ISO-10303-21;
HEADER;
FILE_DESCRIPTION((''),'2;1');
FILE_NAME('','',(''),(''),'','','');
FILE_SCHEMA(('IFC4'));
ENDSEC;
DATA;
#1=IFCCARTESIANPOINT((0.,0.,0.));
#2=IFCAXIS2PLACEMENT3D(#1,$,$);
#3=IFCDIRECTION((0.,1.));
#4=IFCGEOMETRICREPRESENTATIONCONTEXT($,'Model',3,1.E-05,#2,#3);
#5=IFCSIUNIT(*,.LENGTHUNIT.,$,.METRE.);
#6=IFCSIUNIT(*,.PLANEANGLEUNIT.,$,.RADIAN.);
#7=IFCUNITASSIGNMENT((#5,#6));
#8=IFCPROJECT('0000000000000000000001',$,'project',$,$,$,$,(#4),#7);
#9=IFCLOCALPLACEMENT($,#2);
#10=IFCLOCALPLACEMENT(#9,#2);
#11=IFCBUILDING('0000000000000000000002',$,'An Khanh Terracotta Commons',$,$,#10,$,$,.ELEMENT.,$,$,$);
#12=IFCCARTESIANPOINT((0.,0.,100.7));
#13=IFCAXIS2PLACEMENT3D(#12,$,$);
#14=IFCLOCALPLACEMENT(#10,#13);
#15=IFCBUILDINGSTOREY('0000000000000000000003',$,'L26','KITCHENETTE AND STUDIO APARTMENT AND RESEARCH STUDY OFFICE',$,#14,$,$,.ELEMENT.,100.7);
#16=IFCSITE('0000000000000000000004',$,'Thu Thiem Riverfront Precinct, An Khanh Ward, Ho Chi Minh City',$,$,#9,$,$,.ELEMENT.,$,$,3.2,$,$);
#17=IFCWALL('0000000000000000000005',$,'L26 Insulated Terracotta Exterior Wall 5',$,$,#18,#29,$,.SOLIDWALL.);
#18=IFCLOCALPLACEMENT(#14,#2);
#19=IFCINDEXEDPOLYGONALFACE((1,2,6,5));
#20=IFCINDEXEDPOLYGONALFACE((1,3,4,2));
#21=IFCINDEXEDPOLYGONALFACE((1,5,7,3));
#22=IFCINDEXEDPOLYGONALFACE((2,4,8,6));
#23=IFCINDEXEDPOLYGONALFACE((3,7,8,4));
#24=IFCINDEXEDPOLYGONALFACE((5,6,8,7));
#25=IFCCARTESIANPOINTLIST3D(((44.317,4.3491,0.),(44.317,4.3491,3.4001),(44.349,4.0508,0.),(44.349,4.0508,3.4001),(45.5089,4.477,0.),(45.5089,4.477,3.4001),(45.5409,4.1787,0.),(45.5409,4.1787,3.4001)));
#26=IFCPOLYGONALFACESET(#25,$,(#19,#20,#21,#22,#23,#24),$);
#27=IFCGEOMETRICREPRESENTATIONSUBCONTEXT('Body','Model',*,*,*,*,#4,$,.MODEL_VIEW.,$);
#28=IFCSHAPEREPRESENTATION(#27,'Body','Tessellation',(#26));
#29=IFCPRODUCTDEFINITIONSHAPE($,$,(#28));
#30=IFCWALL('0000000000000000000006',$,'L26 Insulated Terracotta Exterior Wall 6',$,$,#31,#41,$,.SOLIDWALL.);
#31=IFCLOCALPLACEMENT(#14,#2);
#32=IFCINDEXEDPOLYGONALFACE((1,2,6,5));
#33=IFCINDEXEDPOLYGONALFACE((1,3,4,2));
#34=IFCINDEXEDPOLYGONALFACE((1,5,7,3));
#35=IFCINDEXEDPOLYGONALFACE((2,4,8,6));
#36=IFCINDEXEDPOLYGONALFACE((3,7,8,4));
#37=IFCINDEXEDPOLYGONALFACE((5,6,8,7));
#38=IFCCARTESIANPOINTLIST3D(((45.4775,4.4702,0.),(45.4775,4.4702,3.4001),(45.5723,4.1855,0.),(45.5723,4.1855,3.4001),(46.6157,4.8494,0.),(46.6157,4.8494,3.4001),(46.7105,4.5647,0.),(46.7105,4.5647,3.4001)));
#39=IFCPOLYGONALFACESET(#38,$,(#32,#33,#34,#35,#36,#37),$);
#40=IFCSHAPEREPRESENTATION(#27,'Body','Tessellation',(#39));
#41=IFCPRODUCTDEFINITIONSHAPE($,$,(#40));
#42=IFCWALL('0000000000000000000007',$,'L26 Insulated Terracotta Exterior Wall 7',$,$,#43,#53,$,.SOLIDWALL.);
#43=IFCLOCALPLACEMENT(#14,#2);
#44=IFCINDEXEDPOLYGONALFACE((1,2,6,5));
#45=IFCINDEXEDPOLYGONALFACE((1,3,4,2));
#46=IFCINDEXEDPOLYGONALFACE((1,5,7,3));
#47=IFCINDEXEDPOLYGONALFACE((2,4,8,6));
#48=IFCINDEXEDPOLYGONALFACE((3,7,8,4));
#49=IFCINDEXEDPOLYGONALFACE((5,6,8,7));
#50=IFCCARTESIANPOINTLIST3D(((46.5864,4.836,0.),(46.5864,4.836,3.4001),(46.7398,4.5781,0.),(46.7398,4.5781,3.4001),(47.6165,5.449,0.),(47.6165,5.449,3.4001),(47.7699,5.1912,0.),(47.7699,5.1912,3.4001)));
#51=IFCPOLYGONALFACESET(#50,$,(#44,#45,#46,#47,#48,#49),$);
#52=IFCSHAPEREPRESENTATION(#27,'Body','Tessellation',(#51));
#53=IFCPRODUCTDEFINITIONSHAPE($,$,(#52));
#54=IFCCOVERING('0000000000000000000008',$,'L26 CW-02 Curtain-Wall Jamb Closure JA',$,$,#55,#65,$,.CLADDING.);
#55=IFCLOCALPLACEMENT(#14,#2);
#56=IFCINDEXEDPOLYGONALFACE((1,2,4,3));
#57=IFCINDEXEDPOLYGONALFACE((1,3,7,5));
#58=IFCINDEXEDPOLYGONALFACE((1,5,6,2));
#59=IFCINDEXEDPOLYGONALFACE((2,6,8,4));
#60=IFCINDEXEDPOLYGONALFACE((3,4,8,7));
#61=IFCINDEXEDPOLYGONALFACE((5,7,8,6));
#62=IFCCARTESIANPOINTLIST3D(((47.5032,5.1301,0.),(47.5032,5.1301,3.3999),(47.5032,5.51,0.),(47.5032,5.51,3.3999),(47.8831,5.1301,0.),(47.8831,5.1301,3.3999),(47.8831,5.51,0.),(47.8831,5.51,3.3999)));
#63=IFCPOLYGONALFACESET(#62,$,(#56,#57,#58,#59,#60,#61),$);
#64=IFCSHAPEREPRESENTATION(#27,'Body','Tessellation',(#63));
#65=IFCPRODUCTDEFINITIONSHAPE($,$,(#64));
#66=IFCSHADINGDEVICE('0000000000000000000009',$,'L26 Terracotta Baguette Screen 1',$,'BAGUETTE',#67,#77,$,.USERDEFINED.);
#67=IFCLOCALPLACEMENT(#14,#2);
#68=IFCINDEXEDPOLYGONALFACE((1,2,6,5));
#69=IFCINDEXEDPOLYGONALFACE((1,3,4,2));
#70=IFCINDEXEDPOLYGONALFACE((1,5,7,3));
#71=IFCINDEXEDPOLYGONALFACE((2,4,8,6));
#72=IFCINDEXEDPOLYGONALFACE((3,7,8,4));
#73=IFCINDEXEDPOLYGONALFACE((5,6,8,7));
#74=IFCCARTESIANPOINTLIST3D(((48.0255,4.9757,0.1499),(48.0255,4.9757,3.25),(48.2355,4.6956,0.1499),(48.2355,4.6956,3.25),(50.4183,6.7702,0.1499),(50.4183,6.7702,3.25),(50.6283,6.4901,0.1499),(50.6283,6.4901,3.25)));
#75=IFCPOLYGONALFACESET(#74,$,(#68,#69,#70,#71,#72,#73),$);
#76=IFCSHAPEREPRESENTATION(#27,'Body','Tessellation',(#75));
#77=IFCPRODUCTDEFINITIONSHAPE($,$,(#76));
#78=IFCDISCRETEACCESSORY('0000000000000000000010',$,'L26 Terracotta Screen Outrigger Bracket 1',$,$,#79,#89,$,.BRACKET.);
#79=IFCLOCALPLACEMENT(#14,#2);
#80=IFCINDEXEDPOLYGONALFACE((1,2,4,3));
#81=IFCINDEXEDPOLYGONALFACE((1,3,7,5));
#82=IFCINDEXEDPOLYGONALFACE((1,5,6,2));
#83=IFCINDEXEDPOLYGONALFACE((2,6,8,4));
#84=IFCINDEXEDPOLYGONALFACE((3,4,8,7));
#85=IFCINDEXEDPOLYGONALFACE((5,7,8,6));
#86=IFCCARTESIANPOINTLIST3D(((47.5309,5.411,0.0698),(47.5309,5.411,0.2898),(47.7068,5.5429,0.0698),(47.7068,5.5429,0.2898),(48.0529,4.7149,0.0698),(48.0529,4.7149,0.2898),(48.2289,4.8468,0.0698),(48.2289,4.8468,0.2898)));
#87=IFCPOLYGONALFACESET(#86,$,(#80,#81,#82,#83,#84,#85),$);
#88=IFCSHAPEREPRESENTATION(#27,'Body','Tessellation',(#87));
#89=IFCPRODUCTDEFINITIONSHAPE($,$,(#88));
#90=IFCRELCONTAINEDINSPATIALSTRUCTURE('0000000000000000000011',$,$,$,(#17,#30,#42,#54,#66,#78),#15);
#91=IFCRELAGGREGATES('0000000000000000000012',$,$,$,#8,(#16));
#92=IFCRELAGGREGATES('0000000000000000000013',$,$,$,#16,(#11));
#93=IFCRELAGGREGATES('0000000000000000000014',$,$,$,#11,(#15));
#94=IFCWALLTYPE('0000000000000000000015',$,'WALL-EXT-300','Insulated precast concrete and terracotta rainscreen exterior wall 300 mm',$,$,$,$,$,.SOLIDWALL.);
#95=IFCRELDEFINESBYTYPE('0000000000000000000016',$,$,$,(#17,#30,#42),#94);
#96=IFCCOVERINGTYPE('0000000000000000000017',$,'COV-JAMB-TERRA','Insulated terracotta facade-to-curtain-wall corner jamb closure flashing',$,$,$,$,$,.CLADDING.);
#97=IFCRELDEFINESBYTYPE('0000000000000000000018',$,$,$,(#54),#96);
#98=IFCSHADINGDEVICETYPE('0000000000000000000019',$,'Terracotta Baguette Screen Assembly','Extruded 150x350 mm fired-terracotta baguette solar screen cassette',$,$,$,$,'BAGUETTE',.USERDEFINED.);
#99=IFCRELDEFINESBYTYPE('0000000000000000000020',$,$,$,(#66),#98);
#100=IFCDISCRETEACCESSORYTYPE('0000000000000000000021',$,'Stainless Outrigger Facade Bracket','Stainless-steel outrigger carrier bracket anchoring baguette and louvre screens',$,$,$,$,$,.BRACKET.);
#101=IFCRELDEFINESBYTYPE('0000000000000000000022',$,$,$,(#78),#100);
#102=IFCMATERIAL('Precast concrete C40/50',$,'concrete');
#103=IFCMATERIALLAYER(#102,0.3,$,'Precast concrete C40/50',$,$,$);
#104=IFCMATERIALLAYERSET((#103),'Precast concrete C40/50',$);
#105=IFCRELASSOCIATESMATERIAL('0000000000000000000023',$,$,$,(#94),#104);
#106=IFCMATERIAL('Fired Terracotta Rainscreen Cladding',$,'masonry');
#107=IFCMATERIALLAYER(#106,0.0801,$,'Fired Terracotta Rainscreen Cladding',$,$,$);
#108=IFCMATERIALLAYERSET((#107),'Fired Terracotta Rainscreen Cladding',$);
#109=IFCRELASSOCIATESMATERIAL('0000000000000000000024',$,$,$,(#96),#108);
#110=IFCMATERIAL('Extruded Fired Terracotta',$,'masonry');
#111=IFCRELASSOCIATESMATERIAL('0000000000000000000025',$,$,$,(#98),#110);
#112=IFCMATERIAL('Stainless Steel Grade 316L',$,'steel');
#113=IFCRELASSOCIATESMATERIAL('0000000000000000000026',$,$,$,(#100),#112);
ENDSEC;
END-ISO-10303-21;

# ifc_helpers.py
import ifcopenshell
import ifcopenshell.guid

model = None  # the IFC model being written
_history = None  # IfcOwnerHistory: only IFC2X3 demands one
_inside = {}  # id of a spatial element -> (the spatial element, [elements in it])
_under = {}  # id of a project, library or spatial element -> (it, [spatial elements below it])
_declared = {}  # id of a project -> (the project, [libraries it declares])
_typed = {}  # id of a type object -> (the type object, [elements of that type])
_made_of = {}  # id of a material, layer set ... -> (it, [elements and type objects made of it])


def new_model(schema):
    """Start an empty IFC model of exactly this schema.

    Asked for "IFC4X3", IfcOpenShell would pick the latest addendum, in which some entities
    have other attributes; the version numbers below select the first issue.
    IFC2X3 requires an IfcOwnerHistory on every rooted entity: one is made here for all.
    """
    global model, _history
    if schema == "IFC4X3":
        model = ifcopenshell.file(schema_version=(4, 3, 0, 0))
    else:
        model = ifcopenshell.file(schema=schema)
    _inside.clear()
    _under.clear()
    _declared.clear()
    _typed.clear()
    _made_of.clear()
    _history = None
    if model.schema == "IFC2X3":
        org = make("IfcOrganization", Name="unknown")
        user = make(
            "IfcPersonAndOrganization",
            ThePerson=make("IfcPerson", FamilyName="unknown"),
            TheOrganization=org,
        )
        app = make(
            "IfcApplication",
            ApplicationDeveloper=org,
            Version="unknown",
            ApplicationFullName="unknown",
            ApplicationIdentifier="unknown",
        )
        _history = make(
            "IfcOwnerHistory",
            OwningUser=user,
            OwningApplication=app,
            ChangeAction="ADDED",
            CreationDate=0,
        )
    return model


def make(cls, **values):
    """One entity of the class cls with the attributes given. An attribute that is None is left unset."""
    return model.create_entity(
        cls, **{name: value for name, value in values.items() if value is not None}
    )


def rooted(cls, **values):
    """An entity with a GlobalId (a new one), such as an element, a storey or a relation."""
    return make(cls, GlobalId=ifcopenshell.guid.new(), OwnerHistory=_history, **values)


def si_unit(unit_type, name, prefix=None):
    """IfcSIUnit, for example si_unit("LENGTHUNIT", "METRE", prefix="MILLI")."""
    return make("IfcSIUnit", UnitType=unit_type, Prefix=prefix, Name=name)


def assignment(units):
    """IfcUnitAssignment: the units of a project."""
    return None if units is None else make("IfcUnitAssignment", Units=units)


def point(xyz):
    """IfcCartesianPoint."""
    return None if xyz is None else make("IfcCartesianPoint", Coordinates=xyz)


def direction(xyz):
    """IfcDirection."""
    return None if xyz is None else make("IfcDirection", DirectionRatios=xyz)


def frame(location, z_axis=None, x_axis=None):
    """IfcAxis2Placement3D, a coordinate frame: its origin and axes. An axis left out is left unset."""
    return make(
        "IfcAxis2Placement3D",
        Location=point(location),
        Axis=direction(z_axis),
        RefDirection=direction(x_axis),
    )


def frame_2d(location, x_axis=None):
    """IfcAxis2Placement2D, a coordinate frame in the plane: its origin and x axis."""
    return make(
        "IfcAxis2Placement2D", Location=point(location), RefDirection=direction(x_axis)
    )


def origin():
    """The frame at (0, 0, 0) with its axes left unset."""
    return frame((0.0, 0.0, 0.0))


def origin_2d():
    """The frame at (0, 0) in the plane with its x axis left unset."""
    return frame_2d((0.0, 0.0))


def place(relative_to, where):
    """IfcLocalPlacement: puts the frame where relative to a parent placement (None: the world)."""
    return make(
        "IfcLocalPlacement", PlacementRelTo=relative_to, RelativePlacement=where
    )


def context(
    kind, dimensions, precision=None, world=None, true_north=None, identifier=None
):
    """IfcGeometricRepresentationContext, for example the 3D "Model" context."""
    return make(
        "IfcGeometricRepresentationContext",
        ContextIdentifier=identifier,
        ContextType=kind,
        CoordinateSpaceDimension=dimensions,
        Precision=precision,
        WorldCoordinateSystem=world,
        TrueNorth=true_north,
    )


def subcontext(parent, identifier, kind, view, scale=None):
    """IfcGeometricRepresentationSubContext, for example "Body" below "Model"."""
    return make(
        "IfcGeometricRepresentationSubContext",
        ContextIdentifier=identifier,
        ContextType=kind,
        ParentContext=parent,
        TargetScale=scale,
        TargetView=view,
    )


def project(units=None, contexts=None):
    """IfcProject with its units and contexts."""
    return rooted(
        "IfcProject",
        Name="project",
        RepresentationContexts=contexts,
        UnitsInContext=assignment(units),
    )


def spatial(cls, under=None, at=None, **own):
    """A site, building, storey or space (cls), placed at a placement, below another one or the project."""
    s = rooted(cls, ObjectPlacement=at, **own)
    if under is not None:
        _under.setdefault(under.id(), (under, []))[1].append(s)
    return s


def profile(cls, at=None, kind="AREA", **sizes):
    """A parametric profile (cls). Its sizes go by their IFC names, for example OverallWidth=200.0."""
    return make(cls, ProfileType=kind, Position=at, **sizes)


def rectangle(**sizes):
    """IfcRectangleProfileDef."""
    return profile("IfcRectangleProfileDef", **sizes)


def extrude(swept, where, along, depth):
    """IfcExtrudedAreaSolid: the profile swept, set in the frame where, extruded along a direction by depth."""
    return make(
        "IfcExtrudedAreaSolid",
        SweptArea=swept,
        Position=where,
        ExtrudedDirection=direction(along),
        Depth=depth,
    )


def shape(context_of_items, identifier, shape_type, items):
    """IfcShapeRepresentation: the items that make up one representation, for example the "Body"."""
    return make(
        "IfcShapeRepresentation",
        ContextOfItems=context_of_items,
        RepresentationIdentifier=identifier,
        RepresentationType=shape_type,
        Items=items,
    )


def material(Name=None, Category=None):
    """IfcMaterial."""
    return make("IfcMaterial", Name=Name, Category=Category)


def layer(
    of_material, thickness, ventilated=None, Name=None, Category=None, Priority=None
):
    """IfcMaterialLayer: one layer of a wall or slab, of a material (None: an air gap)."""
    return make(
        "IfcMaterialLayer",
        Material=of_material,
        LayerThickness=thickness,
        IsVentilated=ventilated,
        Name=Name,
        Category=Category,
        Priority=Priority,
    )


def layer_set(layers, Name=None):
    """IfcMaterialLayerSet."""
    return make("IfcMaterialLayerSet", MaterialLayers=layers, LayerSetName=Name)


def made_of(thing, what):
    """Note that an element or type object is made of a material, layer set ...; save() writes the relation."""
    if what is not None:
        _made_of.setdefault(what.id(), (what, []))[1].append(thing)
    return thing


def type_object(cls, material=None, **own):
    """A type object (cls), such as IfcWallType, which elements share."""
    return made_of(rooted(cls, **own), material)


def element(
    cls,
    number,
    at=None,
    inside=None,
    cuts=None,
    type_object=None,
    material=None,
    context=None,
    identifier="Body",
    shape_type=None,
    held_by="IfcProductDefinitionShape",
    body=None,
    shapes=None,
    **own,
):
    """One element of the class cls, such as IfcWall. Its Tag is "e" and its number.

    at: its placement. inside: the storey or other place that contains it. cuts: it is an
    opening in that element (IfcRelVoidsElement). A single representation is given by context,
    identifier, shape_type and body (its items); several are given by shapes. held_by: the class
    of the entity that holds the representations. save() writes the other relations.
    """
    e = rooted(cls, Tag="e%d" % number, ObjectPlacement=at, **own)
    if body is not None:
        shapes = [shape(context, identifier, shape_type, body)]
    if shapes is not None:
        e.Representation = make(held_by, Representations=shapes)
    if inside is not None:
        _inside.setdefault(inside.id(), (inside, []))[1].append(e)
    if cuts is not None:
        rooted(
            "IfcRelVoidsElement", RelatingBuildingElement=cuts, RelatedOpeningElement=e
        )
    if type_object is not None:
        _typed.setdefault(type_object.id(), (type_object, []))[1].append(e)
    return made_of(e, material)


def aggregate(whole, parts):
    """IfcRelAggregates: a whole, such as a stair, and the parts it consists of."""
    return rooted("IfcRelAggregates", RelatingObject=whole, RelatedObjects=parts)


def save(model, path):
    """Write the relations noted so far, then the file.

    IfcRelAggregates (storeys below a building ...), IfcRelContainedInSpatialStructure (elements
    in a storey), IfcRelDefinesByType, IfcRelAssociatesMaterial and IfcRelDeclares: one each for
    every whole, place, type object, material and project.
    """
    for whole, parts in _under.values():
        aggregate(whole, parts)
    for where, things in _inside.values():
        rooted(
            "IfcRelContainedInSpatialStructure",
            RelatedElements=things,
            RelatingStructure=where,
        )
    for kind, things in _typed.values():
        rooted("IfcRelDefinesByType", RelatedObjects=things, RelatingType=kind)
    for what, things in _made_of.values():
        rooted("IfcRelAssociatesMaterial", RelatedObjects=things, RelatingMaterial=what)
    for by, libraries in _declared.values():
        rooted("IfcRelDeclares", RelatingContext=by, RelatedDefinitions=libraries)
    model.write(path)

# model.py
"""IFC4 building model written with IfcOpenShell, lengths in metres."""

from ifc_helpers import new_model, si_unit, direction, frame, frame_2d, origin, origin_2d, place, context, subcontext, project, spatial, rectangle, extrude, material, layer, layer_set, type_object, element, save


model = new_model("IFC4")

# Units and contexts
model_context = context("Model", 3, precision=1e-05, world=origin(), true_north=direction((0.0, 1.0)))
body_context = subcontext(model_context, "Body", "Model", "MODEL_VIEW")
ifc_project = project(units=[si_unit("LENGTHUNIT", "METRE"), si_unit("PLANEANGLEUNIT", "RADIAN")], contexts=[model_context])

# Site, building, storey
site_placement = place(None, origin())
site = spatial("IfcSite", under=ifc_project, at=site_placement, Name="Thu Thiem Riverfront Precinct, An Khanh Ward, Ho Chi Minh City", CompositionType="ELEMENT", RefElevation=3.2)
building_placement = place(site_placement, origin())
building = spatial("IfcBuilding", under=site, at=building_placement, Name="An Khanh Terracotta Commons", CompositionType="ELEMENT")
storey_placement = place(building_placement, frame((0.0, 0.0, 100.7)))
storey = spatial("IfcBuildingStorey", under=building, at=storey_placement, Name="L26", Description="KITCHENETTE AND STUDIO APARTMENT AND RESEARCH STUDY OFFICE", CompositionType="ELEMENT", Elevation=100.7)

# Walls
ifc_material_1 = material(Name="Precast concrete C40/50", Category="concrete")
ifc_layer_1 = layer(ifc_material_1, 0.3, Name="Precast concrete C40/50")
ifc_layer_set_1 = layer_set([ifc_layer_1], Name="Precast concrete C40/50")
wall_type_1 = type_object("IfcWallType", Name="WALL-EXT-300", Description="Insulated precast concrete and terracotta rainscreen exterior wall 300 mm", PredefinedType="SOLIDWALL", material=ifc_layer_set_1)
wall_1_placement = place(storey_placement, frame((44.333, 4.2, 0.0), z_axis=(0.0, 0.0, 1.0), x_axis=(0.994289, 0.10672, 0.0)))
element("IfcWall", 1, at=wall_1_placement, inside=storey, type_object=wall_type_1, Name="L26 Insulated Terracotta Exterior Wall 5", PredefinedType="SOLIDWALL", context=body_context, shape_type="SweptSolid", body=[
    extrude(rectangle(XDim=1.1987, YDim=0.3, at=frame_2d((0.5994, 0.0))), origin(), (0.0, 0.0, 1.0), 3.4001),
])
wall_2_placement = place(storey_placement, frame((45.5249, 4.3279, 0.0), z_axis=(0.0, 0.0, 1.0), x_axis=(0.948744, 0.316045, 0.0)))
element("IfcWall", 2, at=wall_2_placement, inside=storey, type_object=wall_type_1, Name="L26 Insulated Terracotta Exterior Wall 6", PredefinedType="SOLIDWALL", context=body_context, shape_type="SweptSolid", body=[
    extrude(rectangle(XDim=1.1997, YDim=0.3, at=frame_2d((0.5999, 0.0))), origin(), (0.0, 0.0, 1.0), 3.4001),
])
wall_3_placement = place(storey_placement, frame((46.6631, 4.707, 0.0), z_axis=(0.0, 0.0, 1.0), x_axis=(0.859321, 0.511437, 0.0)))
element("IfcWall", 3, at=wall_3_placement, inside=storey, type_object=wall_type_1, Name="L26 Insulated Terracotta Exterior Wall 7", PredefinedType="SOLIDWALL", context=body_context, shape_type="SweptSolid", body=[
    extrude(rectangle(XDim=1.1987, YDim=0.3, at=frame_2d((0.5994, 0.0))), origin(), (0.0, 0.0, 1.0), 3.4001),
])

# Covering
ifc_material_2 = material(Name="Fired Terracotta Rainscreen Cladding", Category="masonry")
ifc_layer_2 = layer(ifc_material_2, 0.0801, Name="Fired Terracotta Rainscreen Cladding")
ifc_layer_set_2 = layer_set([ifc_layer_2], Name="Fired Terracotta Rainscreen Cladding")
covering_type = type_object("IfcCoveringType", Name="COV-JAMB-TERRA", Description="Insulated terracotta facade-to-curtain-wall corner jamb closure flashing", PredefinedType="CLADDING", material=ifc_layer_set_2)
covering_placement = place(storey_placement, frame((47.6931, 5.3201, 0.0), z_axis=(0.0, 0.0, 1.0), x_axis=(1.0, 0.0, 0.0)))
element("IfcCovering", 4, at=covering_placement, inside=storey, type_object=covering_type, Name="L26 CW-02 Curtain-Wall Jamb Closure JA", PredefinedType="CLADDING", context=body_context, shape_type="SweptSolid", body=[
    extrude(rectangle(XDim=0.3799, YDim=0.3799, at=origin_2d()), origin(), (0.0, 0.0, 1.0), 3.3999),
])

# Shading device
ifc_material_3 = material(Name="Extruded Fired Terracotta", Category="masonry")
shading_device_type = type_object("IfcShadingDeviceType", Name="Terracotta Baguette Screen Assembly", Description="Extruded 150x350 mm fired-terracotta baguette solar screen cassette", ElementType="BAGUETTE", PredefinedType="USERDEFINED", material=ifc_material_3)
shading_device_placement = place(storey_placement, frame((49.3269, 5.7329, 0.1499), z_axis=(0.0, 0.0, 1.0), x_axis=(0.800013, 0.599983, 0.0)))
element("IfcShadingDevice", 5, at=shading_device_placement, inside=storey, type_object=shading_device_type, Name="L26 Terracotta Baguette Screen 1", ObjectType="BAGUETTE", PredefinedType="USERDEFINED", context=body_context, shape_type="SweptSolid", body=[
    extrude(rectangle(XDim=2.991, YDim=0.3501, at=origin_2d()), origin(), (0.0, 0.0, 1.0), 3.1001),
])

# Discrete accessory
ifc_material_4 = material(Name="Stainless Steel Grade 316L", Category="steel")
discrete_accessory_type = type_object("IfcDiscreteAccessoryType", Name="Stainless Outrigger Facade Bracket", Description="Stainless-steel outrigger carrier bracket anchoring baguette and louvre screens", PredefinedType="BRACKET", material=ifc_material_4)
discrete_accessory_placement = place(storey_placement, frame((47.8799, 5.1289, 0.0698), z_axis=(0.0, 0.0, 1.0), x_axis=(0.800013, 0.599983, 0.0)))
element("IfcDiscreteAccessory", 6, at=discrete_accessory_placement, inside=storey, type_object=discrete_accessory_type, Name="L26 Terracotta Screen Outrigger Bracket 1", PredefinedType="BRACKET", context=body_context, shape_type="SweptSolid", body=[
    extrude(rectangle(XDim=0.22, YDim=0.8701, at=origin_2d()), origin(), (0.0, 0.0, 1.0), 0.22),
])

save(model, "model.ifc")
